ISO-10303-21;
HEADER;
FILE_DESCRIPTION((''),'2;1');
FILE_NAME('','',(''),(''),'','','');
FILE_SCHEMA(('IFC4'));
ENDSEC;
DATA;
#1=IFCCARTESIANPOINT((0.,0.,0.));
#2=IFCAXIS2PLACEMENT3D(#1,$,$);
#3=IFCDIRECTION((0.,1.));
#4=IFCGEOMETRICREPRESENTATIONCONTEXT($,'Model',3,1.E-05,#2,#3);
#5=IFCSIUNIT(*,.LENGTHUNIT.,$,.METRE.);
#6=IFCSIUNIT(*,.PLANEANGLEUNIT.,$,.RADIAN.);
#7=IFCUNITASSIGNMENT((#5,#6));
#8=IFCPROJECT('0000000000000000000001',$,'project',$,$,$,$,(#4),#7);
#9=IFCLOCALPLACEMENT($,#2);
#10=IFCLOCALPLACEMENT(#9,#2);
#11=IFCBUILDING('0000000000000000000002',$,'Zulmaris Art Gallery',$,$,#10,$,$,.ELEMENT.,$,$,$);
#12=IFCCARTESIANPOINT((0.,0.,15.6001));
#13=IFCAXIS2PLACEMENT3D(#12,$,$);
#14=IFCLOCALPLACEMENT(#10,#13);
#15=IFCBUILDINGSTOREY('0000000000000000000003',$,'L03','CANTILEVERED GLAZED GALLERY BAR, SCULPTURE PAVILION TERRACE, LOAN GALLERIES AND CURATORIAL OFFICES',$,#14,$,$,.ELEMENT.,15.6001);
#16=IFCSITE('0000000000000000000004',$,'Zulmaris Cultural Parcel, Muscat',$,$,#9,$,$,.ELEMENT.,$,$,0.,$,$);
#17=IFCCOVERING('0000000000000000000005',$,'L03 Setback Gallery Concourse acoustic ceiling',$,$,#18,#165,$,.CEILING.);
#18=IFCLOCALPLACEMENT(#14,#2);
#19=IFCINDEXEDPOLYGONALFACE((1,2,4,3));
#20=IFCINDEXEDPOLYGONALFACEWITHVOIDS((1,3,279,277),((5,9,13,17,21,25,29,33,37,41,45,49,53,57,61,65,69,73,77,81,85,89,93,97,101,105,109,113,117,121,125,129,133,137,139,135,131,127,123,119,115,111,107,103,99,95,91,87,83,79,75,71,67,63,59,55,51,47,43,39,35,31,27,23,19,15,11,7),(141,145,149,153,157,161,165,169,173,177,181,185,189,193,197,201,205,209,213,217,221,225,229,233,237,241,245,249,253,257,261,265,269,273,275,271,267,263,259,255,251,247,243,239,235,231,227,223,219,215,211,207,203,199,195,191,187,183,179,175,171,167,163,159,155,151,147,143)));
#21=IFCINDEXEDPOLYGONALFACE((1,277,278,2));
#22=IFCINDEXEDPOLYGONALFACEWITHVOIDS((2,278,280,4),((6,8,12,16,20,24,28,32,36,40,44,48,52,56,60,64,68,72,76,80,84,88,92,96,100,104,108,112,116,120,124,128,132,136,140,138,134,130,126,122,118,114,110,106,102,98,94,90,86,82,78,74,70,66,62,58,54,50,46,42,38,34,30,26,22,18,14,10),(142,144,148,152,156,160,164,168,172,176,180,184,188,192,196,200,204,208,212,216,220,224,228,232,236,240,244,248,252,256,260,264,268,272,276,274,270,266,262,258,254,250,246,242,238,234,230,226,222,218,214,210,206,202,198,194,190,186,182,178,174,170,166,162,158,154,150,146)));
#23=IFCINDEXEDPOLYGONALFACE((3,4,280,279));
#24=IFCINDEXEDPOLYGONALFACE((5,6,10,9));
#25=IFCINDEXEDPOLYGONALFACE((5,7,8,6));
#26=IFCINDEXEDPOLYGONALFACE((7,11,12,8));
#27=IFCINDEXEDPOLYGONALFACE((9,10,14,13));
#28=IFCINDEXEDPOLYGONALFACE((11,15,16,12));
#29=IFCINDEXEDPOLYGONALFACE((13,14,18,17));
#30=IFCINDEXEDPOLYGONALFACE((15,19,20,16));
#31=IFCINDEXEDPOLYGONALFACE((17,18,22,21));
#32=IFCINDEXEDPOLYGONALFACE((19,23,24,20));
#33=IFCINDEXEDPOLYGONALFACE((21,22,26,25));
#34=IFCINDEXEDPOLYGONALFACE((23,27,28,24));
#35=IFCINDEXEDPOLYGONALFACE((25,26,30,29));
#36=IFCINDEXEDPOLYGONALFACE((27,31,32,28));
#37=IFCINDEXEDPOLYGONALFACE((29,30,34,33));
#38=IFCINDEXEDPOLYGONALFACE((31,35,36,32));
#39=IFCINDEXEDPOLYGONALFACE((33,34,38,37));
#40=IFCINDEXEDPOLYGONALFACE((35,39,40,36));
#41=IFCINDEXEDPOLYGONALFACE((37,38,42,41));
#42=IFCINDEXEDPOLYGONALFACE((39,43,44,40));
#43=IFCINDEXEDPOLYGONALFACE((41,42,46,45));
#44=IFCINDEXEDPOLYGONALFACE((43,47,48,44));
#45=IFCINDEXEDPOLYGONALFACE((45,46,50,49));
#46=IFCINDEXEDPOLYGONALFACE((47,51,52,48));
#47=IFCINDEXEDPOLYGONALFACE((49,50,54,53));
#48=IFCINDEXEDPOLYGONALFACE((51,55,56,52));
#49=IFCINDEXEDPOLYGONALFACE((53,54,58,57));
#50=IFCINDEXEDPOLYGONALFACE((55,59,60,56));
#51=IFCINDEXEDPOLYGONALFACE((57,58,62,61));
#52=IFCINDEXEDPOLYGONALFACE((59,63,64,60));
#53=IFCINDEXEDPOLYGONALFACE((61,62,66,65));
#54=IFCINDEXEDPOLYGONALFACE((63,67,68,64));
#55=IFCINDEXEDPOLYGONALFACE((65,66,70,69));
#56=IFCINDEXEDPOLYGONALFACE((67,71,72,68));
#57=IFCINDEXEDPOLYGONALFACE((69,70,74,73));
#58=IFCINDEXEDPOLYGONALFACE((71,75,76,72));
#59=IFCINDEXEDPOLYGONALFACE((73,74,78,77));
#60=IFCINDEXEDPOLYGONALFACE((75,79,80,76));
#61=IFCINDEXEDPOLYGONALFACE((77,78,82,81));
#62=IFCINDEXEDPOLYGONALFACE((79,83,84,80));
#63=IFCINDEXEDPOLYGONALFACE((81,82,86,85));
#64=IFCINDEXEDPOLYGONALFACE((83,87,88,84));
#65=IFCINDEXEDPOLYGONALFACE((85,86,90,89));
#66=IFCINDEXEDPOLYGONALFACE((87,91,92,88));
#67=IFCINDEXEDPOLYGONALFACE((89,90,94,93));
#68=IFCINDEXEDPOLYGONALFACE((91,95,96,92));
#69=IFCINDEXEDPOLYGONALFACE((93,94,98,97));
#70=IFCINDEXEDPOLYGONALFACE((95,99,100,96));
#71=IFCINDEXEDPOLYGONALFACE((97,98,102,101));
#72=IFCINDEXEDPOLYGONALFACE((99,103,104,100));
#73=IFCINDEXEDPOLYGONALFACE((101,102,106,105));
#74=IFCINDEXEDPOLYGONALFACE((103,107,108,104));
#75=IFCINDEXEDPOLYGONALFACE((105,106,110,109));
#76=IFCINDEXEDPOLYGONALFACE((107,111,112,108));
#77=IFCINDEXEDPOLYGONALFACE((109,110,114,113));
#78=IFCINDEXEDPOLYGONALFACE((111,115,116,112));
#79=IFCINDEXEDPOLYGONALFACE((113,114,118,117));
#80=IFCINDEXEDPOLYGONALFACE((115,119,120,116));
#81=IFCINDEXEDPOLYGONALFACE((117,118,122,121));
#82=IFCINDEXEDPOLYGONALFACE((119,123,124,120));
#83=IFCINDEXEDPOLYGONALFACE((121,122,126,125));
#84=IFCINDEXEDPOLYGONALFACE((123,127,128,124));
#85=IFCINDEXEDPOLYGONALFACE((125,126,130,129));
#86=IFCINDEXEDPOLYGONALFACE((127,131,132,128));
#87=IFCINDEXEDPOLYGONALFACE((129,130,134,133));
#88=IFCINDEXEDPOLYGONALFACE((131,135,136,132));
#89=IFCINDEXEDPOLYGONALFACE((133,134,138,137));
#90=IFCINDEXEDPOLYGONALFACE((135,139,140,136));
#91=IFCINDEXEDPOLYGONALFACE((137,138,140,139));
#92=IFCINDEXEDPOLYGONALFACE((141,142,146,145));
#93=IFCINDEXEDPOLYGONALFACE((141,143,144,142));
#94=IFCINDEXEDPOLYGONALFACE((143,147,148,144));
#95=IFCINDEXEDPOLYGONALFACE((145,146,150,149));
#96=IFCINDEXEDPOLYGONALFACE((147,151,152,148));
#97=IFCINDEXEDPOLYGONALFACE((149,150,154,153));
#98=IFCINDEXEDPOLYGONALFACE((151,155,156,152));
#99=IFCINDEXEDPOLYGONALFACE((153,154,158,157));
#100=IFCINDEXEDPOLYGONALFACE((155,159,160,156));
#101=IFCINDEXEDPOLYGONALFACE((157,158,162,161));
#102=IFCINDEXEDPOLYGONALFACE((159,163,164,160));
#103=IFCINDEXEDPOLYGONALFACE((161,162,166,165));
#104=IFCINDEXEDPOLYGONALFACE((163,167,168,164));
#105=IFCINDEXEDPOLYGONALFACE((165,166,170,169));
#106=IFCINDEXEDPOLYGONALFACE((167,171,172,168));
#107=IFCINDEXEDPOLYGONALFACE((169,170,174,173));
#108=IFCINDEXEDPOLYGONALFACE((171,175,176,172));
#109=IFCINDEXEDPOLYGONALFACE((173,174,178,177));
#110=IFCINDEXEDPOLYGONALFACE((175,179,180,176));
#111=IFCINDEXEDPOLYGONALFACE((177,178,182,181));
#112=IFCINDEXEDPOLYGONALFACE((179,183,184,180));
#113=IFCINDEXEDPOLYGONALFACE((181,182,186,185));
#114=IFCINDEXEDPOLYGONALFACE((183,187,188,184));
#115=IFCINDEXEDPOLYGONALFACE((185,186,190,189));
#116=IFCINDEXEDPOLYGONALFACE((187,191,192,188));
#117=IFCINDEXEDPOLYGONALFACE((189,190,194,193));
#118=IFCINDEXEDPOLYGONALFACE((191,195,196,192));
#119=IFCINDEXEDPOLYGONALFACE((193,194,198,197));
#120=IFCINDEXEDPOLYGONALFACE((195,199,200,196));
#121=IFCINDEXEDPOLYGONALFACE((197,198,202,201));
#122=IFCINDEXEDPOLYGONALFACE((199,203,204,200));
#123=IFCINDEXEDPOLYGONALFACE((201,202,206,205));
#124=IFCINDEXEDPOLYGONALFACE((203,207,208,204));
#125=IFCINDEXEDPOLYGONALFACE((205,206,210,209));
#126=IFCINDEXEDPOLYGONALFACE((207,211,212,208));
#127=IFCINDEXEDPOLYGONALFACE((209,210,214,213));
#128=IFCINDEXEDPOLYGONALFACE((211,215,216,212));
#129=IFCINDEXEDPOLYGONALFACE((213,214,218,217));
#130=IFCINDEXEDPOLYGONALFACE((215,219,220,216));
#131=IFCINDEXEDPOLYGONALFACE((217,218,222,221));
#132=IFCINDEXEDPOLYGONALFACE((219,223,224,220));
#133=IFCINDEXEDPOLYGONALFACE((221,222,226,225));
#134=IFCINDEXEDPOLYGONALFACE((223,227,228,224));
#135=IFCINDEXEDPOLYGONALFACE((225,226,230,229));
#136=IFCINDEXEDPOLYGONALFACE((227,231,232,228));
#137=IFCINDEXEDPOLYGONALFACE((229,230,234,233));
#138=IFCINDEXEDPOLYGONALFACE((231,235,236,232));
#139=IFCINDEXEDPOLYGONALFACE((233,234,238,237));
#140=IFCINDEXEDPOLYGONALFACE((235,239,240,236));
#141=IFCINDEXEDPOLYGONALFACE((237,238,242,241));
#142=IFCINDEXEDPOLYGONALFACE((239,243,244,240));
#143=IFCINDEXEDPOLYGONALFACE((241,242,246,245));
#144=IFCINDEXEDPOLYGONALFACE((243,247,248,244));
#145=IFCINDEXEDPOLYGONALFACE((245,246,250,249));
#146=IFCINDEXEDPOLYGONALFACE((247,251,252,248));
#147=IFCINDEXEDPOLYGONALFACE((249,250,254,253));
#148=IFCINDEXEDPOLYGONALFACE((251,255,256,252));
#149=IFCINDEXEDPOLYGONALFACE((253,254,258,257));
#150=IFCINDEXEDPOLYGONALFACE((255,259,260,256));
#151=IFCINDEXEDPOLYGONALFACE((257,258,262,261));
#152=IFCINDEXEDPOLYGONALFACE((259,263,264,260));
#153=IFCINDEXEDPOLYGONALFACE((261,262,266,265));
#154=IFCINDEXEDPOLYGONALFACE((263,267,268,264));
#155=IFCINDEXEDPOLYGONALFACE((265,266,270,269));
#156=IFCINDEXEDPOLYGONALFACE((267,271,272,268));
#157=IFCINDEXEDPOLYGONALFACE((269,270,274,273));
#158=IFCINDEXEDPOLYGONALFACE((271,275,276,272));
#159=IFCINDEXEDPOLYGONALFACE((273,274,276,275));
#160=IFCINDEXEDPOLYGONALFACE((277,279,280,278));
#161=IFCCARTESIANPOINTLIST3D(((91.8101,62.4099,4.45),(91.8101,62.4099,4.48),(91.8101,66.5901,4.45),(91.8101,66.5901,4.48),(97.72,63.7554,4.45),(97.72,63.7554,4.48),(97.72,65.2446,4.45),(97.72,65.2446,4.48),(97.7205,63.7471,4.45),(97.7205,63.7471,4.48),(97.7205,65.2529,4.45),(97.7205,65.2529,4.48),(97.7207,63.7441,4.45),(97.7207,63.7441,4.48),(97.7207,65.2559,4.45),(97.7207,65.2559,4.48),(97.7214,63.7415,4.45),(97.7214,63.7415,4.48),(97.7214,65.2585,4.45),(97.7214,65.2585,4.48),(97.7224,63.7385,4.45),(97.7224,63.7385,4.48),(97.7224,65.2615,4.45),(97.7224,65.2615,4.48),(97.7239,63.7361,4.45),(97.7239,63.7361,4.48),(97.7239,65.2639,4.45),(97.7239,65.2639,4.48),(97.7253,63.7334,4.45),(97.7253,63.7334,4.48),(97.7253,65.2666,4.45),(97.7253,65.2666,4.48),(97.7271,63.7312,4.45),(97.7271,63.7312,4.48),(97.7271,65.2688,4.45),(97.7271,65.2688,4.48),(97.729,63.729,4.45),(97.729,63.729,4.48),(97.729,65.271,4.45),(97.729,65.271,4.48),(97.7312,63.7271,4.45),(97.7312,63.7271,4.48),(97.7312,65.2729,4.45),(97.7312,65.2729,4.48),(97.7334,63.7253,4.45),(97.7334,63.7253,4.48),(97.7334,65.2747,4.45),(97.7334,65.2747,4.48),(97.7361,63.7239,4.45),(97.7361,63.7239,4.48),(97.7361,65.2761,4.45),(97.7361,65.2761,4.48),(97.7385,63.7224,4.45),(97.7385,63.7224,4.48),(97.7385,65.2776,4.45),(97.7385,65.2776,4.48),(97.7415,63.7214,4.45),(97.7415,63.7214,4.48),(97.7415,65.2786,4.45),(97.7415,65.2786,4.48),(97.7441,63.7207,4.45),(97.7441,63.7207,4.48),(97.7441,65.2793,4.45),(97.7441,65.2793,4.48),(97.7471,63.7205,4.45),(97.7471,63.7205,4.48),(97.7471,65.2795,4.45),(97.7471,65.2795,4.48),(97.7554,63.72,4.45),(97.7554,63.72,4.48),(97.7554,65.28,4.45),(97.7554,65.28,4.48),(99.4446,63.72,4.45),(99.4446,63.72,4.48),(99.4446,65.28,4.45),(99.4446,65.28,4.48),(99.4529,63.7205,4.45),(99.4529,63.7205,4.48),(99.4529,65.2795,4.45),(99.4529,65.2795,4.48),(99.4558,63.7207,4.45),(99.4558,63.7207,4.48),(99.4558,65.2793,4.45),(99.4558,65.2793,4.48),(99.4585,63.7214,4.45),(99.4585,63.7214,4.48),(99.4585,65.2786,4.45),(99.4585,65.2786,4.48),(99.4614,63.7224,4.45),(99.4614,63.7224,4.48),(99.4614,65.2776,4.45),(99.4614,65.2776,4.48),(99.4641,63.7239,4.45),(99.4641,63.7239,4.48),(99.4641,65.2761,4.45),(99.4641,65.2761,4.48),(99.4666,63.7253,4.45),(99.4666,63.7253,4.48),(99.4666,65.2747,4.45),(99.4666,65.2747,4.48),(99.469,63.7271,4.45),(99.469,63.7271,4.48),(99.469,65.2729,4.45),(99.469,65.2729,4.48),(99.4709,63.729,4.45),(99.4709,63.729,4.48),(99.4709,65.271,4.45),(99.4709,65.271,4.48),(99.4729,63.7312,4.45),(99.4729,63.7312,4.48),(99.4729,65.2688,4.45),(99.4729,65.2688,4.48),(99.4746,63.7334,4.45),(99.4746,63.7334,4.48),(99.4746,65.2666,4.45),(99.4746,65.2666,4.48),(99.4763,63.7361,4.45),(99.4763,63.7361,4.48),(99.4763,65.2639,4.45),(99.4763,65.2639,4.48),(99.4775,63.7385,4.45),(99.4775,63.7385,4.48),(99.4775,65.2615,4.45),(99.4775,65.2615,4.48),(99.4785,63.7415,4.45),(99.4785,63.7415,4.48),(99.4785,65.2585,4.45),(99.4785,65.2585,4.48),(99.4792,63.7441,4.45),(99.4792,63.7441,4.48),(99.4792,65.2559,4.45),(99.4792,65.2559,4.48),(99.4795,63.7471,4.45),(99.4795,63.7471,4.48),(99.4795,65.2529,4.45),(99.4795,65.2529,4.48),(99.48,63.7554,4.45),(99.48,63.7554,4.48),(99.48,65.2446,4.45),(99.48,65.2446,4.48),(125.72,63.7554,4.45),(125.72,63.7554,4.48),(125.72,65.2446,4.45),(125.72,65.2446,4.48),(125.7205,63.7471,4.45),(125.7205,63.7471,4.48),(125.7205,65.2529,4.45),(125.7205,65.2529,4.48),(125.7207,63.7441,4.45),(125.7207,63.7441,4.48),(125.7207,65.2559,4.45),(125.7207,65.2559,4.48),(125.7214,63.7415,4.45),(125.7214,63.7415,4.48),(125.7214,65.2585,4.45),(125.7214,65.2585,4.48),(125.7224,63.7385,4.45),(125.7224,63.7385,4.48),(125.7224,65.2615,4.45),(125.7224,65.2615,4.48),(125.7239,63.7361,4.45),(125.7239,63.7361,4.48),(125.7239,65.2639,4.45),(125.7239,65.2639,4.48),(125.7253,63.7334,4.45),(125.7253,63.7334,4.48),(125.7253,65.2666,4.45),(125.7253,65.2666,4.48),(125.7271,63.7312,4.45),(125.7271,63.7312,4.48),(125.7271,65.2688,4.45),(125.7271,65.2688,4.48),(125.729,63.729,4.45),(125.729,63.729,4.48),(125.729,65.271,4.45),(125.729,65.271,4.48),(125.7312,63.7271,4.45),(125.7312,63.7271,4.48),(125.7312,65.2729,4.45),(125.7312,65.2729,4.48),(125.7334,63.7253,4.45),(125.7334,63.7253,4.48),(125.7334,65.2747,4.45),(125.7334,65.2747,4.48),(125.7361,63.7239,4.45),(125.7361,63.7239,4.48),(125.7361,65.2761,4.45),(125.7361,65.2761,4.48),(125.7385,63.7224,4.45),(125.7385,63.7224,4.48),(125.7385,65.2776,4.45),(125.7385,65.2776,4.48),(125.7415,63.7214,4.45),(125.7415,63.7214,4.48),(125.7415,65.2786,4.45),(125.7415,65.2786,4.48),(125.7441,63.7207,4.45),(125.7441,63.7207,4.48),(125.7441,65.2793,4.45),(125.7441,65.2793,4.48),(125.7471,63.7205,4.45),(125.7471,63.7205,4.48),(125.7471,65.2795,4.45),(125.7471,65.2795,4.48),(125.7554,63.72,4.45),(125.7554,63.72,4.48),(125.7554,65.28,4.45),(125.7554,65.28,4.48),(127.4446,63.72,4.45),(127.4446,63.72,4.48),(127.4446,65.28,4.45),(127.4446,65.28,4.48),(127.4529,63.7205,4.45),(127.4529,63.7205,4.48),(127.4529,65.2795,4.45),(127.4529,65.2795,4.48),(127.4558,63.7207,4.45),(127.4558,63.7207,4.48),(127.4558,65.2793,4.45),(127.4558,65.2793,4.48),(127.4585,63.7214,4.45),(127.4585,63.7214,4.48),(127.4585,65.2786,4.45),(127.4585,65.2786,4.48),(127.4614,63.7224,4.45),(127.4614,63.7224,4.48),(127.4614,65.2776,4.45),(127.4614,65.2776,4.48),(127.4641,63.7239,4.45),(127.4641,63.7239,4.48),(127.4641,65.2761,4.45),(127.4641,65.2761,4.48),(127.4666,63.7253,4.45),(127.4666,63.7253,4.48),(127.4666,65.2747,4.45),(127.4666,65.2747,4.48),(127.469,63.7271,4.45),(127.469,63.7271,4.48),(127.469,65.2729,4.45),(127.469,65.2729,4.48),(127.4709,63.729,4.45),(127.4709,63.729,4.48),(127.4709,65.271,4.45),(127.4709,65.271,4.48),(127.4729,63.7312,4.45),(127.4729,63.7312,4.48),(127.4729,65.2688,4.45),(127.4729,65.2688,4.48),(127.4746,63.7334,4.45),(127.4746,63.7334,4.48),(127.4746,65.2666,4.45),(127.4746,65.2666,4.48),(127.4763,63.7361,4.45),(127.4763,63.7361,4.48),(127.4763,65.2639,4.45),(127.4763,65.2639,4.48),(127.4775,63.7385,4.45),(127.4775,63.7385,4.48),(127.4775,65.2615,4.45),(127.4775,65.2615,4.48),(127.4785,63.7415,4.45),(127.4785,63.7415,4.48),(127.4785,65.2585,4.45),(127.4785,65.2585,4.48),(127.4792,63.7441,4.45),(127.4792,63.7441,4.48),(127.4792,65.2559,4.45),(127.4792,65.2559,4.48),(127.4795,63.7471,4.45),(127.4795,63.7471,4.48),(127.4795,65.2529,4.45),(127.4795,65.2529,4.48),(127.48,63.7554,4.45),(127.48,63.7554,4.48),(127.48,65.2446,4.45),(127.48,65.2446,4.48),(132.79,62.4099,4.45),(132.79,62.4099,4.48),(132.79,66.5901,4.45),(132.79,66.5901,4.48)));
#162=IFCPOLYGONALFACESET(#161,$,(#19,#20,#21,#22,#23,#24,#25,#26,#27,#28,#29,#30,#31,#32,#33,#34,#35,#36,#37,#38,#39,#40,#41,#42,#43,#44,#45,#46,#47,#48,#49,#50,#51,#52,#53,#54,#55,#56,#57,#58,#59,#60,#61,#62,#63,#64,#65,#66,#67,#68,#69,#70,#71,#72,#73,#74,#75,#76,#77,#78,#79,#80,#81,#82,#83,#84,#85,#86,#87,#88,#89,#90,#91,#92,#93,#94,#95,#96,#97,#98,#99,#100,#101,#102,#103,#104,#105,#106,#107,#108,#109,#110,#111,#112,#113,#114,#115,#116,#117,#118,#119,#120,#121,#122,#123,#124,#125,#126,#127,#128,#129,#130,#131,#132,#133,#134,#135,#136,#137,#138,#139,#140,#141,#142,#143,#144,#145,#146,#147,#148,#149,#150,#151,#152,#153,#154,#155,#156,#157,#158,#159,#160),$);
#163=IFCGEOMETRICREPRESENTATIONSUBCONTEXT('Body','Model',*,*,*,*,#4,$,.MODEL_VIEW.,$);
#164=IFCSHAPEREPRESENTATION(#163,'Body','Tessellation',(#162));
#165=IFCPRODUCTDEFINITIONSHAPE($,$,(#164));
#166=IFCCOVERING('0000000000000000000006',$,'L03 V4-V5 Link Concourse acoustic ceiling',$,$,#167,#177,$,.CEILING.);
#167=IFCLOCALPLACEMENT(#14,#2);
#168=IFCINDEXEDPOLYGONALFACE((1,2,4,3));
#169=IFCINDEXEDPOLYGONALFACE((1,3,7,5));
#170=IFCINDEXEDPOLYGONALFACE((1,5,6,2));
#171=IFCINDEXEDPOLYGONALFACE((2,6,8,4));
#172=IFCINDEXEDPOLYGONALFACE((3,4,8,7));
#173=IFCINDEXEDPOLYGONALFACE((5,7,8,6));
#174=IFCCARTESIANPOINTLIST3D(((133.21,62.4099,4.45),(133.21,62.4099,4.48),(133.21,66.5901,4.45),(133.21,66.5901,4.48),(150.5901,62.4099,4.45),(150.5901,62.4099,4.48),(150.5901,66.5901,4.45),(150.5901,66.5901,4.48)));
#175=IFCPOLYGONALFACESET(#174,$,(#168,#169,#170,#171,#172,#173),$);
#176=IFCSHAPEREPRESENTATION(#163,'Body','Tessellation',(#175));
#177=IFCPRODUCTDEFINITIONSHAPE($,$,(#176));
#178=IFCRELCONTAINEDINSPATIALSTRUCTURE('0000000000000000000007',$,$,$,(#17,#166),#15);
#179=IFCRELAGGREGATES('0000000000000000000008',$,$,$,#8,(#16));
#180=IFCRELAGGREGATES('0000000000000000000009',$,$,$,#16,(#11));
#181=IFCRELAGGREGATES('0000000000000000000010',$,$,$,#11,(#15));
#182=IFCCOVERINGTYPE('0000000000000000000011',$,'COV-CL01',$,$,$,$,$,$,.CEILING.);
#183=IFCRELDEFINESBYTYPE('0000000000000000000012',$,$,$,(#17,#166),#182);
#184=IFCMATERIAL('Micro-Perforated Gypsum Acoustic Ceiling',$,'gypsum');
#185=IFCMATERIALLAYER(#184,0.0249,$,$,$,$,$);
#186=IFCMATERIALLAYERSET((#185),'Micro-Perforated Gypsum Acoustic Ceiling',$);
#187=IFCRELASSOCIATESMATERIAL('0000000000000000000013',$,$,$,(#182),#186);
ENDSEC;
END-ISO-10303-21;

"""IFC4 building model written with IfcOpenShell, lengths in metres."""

from ifc_helpers import new_model, si_unit, direction, frame, origin, place, context, subcontext, project, spatial, polyline, outline, extrude, material, layer, layer_set, type_object, element, save


model = new_model("IFC4")

# Units and contexts
model_context = context("Model", 3, precision=1e-05, world=origin(), true_north=direction((0.0, 1.0)))
body_context = subcontext(model_context, "Body", "Model", "MODEL_VIEW")
ifc_project = project(units=[si_unit("LENGTHUNIT", "METRE"), si_unit("PLANEANGLEUNIT", "RADIAN")], contexts=[model_context])

# Site, building, storey
site_placement = place(None, origin())
site = spatial("IfcSite", under=ifc_project, at=site_placement, Name="Zulmaris Cultural Parcel, Muscat", CompositionType="ELEMENT", RefElevation=0.0)
building_placement = place(site_placement, origin())
building = spatial("IfcBuilding", under=site, at=building_placement, Name="Zulmaris Art Gallery", CompositionType="ELEMENT")
storey_placement = place(building_placement, frame((0.0, 0.0, 15.6001)))
storey = spatial("IfcBuildingStorey", under=building, at=storey_placement, Name="L03", Description="CANTILEVERED GLAZED GALLERY BAR, SCULPTURE PAVILION TERRACE, LOAN GALLERIES AND CURATORIAL OFFICES", CompositionType="ELEMENT", Elevation=15.6001)

# Coverings
ifc_material_1 = material(Name="Micro-Perforated Gypsum Acoustic Ceiling", Category="gypsum")
ifc_layer_1 = layer(ifc_material_1, 0.0249)
ifc_layer_set_1 = layer_set([ifc_layer_1], Name="Micro-Perforated Gypsum Acoustic Ceiling")
covering_type_1 = type_object("IfcCoveringType", Name="COV-CL01", PredefinedType="CEILING", material=ifc_layer_set_1)
covering_1_placement = place(storey_placement, frame((0.0, 0.0, 4.45)))
element("IfcCovering", 1, at=covering_1_placement, inside=storey, type_object=covering_type_1, Name="L03 Setback Gallery Concourse acoustic ceiling", PredefinedType="CEILING", context=body_context, shape_type="SweptSolid", body=[
    extrude(outline(polyline([(91.8101, 66.5901), (132.79, 66.5901), (132.79, 62.4099), (91.8101, 62.4099), (91.8101, 66.5901)]), holes=[polyline([(125.7415, 65.2786), (125.7385, 65.2776), (125.7361, 65.2761), (125.7334, 65.2747), (125.7312, 65.2729), (125.729, 65.271), (125.7271, 65.2688), (125.7253, 65.2666), (125.7239, 65.2639), (125.7224, 65.2615), (125.7214, 65.2585), (125.7207, 65.2559), (125.7205, 65.2529), (125.72, 65.2446), (125.72, 63.7554), (125.7205, 63.7471), (125.7207, 63.7441), (125.7214, 63.7415), (125.7224, 63.7385), (125.7239, 63.7361), (125.7253, 63.7334), (125.7271, 63.7312), (125.729, 63.729), (125.7312, 63.7271), (125.7334, 63.7253), (125.7361, 63.7239), (125.7385, 63.7224), (125.7415, 63.7214), (125.7441, 63.7207), (125.7471, 63.7205), (125.7554, 63.72), (127.4446, 63.72), (127.4529, 63.7205), (127.4558, 63.7207), (127.4585, 63.7214), (127.4614, 63.7224), (127.4641, 63.7239), (127.4666, 63.7253), (127.469, 63.7271), (127.4709, 63.729), (127.4729, 63.7312), (127.4746, 63.7334), (127.4763, 63.7361), (127.4775, 63.7385), (127.4785, 63.7415), (127.4792, 63.7441), (127.4795, 63.7471), (127.48, 63.7554), (127.48, 65.2446), (127.4795, 65.2529), (127.4792, 65.2559), (127.4785, 65.2585), (127.4775, 65.2615), (127.4763, 65.2639), (127.4746, 65.2666), (127.4729, 65.2688), (127.4709, 65.271), (127.469, 65.2729), (127.4666, 65.2747), (127.4641, 65.2761), (127.4614, 65.2776), (127.4585, 65.2786), (127.4558, 65.2793), (127.4529, 65.2795), (127.4446, 65.28), (125.7554, 65.28), (125.7471, 65.2795), (125.7441, 65.2793), (125.7415, 65.2786)]), polyline([(97.7415, 65.2786), (97.7385, 65.2776), (97.7361, 65.2761), (97.7334, 65.2747), (97.7312, 65.2729), (97.729, 65.271), (97.7271, 65.2688), (97.7253, 65.2666), (97.7239, 65.2639), (97.7224, 65.2615), (97.7214, 65.2585), (97.7207, 65.2559), (97.7205, 65.2529), (97.72, 65.2446), (97.72, 63.7554), (97.7205, 63.7471), (97.7207, 63.7441), (97.7214, 63.7415), (97.7224, 63.7385), (97.7239, 63.7361), (97.7253, 63.7334), (97.7271, 63.7312), (97.729, 63.729), (97.7312, 63.7271), (97.7334, 63.7253), (97.7361, 63.7239), (97.7385, 63.7224), (97.7415, 63.7214), (97.7441, 63.7207), (97.7471, 63.7205), (97.7554, 63.72), (99.4446, 63.72), (99.4529, 63.7205), (99.4558, 63.7207), (99.4585, 63.7214), (99.4614, 63.7224), (99.4641, 63.7239), (99.4666, 63.7253), (99.469, 63.7271), (99.4709, 63.729), (99.4729, 63.7312), (99.4746, 63.7334), (99.4763, 63.7361), (99.4775, 63.7385), (99.4785, 63.7415), (99.4792, 63.7441), (99.4795, 63.7471), (99.48, 63.7554), (99.48, 65.2446), (99.4795, 65.2529), (99.4792, 65.2559), (99.4785, 65.2585), (99.4775, 65.2615), (99.4763, 65.2639), (99.4746, 65.2666), (99.4729, 65.2688), (99.4709, 65.271), (99.469, 65.2729), (99.4666, 65.2747), (99.4641, 65.2761), (99.4614, 65.2776), (99.4585, 65.2786), (99.4558, 65.2793), (99.4529, 65.2795), (99.4446, 65.28), (97.7554, 65.28), (97.7471, 65.2795), (97.7441, 65.2793), (97.7415, 65.2786)])]), origin(), (0.0, 0.0, 1.0), 0.03),
])
covering_2_placement = place(storey_placement, frame((0.0, 0.0, 4.45)))
element("IfcCovering", 2, at=covering_2_placement, inside=storey, type_object=covering_type_1, Name="L03 V4-V5 Link Concourse acoustic ceiling", PredefinedType="CEILING", context=body_context, shape_type="SweptSolid", body=[
    extrude(outline(polyline([(133.21, 66.5901), (150.5901, 66.5901), (150.5901, 62.4099), (133.21, 62.4099), (133.21, 66.5901)])), origin(), (0.0, 0.0, 1.0), 0.03),
])

save(model, "model.ifc")
